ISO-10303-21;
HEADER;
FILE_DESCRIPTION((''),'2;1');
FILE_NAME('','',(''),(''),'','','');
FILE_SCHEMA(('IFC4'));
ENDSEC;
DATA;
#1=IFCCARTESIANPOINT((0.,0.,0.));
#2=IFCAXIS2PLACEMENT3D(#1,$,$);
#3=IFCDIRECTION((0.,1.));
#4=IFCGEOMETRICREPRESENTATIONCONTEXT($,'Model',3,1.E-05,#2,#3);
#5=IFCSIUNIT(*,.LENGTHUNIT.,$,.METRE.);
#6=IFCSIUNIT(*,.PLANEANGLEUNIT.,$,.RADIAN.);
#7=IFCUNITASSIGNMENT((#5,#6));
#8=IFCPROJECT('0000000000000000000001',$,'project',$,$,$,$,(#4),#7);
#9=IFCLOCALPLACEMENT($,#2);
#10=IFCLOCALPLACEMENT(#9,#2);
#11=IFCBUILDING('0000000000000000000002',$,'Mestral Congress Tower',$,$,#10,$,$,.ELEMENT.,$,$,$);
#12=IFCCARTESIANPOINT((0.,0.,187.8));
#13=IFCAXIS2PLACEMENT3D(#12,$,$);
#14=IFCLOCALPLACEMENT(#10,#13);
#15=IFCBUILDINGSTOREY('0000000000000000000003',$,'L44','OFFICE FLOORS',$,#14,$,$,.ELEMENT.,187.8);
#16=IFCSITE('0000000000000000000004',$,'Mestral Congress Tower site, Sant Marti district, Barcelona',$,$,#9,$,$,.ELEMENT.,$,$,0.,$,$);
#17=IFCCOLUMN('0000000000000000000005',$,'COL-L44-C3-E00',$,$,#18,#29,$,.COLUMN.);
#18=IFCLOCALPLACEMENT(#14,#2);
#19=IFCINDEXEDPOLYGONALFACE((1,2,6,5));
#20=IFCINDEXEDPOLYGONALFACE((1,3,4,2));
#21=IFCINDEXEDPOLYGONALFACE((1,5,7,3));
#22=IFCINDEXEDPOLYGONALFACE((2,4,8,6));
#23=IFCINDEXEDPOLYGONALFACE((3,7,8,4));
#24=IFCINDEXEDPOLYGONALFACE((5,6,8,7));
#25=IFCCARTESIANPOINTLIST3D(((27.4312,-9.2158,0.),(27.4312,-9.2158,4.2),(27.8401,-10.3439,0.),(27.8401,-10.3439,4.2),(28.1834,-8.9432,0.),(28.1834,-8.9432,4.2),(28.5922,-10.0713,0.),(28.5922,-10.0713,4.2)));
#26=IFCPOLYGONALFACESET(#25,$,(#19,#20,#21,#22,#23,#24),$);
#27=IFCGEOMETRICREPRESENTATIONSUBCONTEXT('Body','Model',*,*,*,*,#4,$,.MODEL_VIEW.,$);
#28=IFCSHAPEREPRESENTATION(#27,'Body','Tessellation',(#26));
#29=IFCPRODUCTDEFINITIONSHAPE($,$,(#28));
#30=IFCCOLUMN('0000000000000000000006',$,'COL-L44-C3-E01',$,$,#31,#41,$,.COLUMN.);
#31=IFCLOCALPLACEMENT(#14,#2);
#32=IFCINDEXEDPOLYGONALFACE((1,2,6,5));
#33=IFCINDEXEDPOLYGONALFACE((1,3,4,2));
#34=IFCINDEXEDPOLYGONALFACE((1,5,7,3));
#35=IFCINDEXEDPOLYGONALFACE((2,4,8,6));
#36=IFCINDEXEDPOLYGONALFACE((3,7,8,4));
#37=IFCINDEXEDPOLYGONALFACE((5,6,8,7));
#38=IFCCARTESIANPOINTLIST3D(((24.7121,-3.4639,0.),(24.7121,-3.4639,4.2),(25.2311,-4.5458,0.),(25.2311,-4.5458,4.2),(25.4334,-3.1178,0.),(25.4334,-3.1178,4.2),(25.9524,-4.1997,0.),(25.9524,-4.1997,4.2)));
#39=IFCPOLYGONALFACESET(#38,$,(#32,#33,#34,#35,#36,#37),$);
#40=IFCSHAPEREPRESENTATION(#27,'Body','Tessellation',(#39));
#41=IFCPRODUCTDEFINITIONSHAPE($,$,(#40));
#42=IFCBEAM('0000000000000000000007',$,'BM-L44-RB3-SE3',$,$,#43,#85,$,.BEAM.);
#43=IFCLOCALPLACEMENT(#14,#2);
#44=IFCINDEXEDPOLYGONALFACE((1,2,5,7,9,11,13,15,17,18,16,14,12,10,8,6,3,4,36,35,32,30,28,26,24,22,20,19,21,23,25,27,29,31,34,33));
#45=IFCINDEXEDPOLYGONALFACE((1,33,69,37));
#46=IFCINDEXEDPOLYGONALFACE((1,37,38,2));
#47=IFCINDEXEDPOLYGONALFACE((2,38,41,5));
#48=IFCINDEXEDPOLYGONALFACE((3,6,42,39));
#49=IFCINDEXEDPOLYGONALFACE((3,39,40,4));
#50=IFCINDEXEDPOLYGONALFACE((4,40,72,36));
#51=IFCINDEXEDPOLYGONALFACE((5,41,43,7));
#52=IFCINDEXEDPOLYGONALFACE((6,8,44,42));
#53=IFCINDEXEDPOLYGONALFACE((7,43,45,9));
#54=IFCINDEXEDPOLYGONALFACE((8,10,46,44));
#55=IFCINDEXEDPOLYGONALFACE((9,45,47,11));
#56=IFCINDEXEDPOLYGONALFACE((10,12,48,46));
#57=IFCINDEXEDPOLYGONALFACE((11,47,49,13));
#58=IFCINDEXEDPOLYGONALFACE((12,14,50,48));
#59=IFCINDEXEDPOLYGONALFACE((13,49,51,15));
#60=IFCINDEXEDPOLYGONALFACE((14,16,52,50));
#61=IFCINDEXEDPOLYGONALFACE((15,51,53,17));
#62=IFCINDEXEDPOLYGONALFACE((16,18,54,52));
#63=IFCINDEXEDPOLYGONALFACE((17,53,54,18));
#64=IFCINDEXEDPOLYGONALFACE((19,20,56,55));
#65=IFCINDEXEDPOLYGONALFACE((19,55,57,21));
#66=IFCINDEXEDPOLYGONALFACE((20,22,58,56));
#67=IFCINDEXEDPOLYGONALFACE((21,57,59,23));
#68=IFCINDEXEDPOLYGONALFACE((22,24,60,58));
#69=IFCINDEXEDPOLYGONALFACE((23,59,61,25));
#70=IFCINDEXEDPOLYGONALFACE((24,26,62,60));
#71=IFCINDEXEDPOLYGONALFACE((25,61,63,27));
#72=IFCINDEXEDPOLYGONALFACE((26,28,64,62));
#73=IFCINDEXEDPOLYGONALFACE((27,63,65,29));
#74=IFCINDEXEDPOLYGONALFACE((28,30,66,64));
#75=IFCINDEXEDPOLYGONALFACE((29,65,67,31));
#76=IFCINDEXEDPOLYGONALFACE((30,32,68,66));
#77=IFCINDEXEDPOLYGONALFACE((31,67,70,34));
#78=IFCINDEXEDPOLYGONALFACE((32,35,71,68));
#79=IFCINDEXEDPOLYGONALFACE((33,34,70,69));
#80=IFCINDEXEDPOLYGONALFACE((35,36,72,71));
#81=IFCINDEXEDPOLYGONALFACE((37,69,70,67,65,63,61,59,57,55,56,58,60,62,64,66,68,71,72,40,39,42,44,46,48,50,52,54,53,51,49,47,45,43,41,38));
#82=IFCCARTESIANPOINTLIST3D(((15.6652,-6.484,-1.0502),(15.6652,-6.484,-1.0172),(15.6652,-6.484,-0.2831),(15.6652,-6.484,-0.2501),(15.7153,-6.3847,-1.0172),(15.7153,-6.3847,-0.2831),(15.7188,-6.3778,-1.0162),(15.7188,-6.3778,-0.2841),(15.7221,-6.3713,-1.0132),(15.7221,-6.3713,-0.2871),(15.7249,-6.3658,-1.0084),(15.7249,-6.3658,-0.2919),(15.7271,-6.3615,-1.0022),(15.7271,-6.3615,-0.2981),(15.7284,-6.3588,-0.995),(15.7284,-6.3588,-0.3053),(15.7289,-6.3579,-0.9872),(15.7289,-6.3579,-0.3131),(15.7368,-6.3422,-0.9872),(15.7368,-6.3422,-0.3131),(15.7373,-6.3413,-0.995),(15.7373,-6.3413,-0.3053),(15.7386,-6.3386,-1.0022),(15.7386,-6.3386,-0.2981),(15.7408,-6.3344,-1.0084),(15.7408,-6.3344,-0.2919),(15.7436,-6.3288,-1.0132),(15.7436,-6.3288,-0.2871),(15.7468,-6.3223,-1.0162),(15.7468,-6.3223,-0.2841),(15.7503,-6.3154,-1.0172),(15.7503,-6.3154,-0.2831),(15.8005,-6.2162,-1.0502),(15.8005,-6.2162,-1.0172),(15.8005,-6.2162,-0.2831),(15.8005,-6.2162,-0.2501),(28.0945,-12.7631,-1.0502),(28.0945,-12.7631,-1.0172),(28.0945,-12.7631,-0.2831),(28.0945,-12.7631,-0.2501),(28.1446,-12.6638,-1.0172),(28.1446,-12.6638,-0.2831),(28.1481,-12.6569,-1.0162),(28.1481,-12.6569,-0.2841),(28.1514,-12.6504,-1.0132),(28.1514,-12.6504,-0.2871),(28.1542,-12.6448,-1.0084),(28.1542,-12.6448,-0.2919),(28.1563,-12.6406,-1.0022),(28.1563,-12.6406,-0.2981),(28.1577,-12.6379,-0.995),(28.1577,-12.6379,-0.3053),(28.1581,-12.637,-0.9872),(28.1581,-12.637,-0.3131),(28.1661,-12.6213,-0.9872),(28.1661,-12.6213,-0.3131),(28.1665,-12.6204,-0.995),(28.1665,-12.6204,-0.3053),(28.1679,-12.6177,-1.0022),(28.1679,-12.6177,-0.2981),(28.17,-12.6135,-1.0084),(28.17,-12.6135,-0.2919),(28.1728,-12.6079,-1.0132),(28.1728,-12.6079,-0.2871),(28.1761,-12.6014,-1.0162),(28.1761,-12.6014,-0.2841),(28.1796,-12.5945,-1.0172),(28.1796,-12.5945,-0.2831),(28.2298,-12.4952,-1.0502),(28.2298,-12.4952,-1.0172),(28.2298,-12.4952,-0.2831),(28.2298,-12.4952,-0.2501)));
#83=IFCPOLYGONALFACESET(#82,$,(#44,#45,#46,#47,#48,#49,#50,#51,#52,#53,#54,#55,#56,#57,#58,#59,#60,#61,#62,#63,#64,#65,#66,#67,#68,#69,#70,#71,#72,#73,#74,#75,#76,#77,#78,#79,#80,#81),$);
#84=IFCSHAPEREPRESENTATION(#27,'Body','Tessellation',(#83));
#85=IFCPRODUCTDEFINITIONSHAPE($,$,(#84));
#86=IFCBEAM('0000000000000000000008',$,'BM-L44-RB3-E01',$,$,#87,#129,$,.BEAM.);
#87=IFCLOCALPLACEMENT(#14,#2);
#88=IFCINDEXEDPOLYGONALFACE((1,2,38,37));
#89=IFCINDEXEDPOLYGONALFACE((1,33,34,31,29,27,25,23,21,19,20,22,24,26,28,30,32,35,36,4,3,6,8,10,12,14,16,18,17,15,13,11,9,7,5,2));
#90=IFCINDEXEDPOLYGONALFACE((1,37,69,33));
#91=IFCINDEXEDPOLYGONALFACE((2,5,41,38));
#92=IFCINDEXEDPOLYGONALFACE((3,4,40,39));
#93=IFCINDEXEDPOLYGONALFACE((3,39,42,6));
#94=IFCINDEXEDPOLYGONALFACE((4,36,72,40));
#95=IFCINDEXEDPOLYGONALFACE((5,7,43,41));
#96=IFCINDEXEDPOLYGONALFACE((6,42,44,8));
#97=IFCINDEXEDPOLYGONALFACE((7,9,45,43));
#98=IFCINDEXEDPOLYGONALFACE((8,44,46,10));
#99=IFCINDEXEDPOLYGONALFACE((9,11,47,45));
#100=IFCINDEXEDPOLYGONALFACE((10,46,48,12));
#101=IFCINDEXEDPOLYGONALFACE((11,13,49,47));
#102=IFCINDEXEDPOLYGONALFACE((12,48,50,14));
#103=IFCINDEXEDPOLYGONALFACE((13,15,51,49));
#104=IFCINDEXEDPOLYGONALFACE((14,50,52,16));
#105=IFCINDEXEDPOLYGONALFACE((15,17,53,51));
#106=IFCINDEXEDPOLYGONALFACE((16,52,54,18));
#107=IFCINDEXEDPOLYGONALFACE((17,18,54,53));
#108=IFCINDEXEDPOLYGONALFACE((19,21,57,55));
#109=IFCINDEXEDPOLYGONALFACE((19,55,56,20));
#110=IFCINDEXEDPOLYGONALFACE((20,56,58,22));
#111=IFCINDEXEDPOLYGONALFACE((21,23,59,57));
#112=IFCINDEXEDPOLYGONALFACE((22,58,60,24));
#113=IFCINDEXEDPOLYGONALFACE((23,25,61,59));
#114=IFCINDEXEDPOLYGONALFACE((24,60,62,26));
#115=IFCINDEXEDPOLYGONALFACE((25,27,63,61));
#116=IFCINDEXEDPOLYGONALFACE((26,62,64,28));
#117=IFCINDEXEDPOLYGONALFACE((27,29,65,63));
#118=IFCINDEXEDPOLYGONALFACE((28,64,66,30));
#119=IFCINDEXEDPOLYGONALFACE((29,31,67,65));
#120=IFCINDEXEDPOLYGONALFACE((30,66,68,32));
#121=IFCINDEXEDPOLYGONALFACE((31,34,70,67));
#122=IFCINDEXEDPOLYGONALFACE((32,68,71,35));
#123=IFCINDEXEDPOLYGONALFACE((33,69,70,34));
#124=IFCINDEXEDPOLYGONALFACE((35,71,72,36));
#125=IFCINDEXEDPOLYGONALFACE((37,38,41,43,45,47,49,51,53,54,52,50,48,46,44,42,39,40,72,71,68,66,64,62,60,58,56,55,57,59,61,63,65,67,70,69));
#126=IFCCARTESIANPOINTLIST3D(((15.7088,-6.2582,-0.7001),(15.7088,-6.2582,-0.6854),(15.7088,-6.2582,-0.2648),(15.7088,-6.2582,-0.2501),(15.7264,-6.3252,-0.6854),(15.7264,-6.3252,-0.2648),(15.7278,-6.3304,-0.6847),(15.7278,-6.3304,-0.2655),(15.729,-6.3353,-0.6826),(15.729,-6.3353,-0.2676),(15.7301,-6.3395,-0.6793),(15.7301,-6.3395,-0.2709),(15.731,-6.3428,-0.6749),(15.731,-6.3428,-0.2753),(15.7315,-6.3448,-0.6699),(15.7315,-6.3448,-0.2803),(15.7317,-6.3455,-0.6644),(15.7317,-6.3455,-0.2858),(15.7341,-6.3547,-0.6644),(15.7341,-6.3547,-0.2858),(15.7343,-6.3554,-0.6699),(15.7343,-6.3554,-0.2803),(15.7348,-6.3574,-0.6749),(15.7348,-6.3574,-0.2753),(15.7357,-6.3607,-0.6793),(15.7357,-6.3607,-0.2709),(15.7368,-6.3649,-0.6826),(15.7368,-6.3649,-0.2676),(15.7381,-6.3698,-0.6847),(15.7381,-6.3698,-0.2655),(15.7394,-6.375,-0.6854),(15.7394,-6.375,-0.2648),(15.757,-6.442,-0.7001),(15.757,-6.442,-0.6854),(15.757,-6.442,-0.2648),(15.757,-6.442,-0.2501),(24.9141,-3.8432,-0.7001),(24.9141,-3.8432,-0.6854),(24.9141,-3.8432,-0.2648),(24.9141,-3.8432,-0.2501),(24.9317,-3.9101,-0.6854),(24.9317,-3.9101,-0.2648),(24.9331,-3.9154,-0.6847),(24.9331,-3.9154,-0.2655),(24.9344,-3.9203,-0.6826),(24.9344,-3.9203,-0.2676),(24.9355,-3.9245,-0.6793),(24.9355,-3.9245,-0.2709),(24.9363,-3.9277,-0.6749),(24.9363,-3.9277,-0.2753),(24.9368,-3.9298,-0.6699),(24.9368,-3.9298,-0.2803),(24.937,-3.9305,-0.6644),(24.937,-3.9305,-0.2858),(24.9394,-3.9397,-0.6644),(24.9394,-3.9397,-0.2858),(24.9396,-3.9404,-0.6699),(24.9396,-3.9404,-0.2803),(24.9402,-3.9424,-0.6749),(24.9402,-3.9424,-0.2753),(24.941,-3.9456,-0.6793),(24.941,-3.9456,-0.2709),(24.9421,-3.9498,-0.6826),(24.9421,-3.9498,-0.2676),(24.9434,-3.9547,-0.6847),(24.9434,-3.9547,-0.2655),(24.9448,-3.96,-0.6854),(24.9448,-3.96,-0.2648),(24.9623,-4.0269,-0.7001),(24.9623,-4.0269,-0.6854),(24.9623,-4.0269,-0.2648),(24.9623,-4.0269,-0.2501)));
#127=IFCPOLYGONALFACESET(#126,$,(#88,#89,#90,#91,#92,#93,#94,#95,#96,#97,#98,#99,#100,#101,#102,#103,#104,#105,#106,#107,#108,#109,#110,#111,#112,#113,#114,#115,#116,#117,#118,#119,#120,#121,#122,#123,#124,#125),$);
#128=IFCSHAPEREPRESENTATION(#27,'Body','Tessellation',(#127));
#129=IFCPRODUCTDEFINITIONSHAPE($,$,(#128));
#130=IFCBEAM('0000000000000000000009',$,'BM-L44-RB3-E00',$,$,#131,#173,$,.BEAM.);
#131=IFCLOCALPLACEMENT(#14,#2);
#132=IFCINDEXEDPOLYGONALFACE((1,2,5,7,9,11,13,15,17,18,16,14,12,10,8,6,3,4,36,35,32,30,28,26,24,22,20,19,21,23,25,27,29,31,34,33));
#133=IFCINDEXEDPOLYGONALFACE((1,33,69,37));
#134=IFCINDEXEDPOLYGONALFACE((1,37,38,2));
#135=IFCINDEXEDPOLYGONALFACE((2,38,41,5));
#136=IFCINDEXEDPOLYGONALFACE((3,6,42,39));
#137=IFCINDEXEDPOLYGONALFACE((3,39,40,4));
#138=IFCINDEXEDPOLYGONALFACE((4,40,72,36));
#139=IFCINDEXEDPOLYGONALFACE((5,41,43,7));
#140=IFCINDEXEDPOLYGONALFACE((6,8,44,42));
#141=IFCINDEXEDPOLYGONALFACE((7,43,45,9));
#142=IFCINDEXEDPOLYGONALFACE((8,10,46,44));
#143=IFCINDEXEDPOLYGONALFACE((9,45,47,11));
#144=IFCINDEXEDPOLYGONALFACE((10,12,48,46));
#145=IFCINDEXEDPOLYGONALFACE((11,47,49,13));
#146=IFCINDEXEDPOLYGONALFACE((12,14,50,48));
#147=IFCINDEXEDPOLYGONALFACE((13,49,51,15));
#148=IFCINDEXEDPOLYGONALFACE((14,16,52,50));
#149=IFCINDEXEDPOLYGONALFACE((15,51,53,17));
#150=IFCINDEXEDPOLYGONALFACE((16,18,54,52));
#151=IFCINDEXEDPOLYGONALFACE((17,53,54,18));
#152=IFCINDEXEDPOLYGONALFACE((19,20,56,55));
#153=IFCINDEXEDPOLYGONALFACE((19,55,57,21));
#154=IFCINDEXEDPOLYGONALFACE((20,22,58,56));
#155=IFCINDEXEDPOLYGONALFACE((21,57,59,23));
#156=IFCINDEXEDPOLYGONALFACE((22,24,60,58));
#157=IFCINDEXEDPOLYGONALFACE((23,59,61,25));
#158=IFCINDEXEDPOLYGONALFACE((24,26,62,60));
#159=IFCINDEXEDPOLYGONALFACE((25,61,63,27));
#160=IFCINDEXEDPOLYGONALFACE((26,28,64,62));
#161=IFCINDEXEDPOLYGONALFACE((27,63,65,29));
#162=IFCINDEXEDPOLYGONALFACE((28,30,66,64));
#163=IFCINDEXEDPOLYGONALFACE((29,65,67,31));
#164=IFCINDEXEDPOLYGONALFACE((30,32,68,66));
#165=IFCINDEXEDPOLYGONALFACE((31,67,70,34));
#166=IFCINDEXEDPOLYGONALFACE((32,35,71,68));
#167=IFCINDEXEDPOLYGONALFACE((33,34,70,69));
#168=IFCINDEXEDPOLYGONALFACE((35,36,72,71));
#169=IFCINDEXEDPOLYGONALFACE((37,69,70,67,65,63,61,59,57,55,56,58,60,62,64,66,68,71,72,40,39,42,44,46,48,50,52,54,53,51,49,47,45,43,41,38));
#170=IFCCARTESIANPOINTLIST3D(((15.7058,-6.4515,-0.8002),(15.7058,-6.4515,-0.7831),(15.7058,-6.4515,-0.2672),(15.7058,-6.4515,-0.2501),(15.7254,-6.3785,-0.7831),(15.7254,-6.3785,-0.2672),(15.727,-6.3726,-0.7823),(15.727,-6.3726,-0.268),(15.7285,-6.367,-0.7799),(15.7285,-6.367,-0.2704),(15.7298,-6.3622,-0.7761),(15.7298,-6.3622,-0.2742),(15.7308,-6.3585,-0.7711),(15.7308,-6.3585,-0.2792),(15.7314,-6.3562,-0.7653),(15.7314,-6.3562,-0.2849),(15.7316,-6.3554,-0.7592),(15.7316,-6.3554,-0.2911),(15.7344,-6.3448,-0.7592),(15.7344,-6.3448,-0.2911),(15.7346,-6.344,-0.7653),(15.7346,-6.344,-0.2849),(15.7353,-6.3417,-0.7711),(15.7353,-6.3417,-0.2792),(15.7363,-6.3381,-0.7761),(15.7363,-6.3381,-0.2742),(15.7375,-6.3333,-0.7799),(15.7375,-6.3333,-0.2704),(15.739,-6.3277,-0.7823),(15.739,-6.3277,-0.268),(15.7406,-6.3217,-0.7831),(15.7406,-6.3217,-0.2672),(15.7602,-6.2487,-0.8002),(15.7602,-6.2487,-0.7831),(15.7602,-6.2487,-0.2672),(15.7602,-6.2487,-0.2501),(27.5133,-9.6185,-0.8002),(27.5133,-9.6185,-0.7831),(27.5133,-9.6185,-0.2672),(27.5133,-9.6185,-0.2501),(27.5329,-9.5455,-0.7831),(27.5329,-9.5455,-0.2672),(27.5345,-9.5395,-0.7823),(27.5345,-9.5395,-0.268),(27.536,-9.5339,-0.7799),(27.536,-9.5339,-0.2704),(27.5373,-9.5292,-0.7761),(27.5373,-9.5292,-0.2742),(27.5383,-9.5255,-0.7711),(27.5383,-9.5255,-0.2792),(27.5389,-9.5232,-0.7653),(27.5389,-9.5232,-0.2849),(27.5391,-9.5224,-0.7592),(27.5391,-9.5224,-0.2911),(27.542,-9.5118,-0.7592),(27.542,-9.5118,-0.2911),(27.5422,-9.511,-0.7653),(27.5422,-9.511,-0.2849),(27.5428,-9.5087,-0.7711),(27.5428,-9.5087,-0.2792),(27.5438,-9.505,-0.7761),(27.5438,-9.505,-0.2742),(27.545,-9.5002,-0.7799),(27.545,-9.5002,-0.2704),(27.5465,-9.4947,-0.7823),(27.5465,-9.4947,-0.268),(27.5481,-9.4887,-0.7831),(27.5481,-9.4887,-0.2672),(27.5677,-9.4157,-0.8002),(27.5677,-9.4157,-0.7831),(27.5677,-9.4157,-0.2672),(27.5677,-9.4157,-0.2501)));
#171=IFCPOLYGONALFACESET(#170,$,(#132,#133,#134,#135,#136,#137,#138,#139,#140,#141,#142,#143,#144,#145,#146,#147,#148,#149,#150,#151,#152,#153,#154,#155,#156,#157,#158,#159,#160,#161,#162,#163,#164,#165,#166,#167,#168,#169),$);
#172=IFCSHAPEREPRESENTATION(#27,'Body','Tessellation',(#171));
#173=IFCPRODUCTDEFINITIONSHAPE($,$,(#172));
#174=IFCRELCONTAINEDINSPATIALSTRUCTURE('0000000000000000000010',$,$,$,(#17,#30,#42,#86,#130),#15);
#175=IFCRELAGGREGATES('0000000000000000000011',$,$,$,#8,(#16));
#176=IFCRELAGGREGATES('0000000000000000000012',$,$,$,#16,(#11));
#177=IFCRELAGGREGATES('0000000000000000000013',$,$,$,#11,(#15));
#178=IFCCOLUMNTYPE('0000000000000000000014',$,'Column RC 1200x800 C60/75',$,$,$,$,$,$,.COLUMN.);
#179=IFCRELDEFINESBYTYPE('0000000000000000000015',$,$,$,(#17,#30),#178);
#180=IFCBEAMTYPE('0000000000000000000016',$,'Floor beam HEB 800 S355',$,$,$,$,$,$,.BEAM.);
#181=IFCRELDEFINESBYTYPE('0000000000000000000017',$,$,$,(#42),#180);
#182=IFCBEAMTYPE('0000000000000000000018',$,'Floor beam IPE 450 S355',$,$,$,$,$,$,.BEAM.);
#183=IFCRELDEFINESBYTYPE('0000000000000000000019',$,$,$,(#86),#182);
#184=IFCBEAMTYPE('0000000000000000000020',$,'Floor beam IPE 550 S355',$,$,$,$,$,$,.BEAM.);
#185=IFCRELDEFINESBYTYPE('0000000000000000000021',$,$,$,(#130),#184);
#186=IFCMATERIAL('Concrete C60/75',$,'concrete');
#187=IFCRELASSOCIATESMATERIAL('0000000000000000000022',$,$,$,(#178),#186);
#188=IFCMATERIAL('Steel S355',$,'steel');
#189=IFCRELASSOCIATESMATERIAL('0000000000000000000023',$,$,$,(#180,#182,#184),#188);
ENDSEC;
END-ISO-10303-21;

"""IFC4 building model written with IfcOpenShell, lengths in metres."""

from ifc_helpers import new_model, si_unit, direction, frame, origin, origin_2d, place, context, subcontext, project, spatial, rectangle, i_section, extrude, material, material_profile, profile_set, type_object, element, save


model = new_model("IFC4")

# Units and contexts
model_context = context("Model", 3, precision=1e-05, world=origin(), true_north=direction((0.0, 1.0)))
body_context = subcontext(model_context, "Body", "Model", "MODEL_VIEW")
ifc_project = project(units=[si_unit("LENGTHUNIT", "METRE"), si_unit("PLANEANGLEUNIT", "RADIAN")], contexts=[model_context])

# Site, building, storey
site_placement = place(None, origin())
site = spatial("IfcSite", under=ifc_project, at=site_placement, Name="Mestral Congress Tower site, Sant Marti district, Barcelona", CompositionType="ELEMENT", RefElevation=0.0)
building_placement = place(site_placement, origin())
building = spatial("IfcBuilding", under=site, at=building_placement, Name="Mestral Congress Tower", CompositionType="ELEMENT")
storey_placement = place(building_placement, frame((0.0, 0.0, 187.8)))
storey = spatial("IfcBuildingStorey", under=building, at=storey_placement, Name="L44", Description="OFFICE FLOORS", CompositionType="ELEMENT", Elevation=187.8)

# Columns
ifc_material_1 = material(Name="Concrete C60/75", Category="concrete")
ifc_material_profile_1 = material_profile(ifc_material_1, rectangle(XDim=1.2, YDim=0.8, at=origin_2d()), Name="RC 1200x800")
ifc_profile_set_1 = profile_set([ifc_material_profile_1], Name="Concrete C60/75")
column_type = type_object("IfcColumnType", Name="Column RC 1200x800 C60/75", PredefinedType="COLUMN", material=ifc_profile_set_1)
for number, where, z_axis, x_axis, name in (
    (1, (28.0117, -9.6436, 0.0), (0.0, 0.0, 1.0), (-0.340744, 0.940156, 0.0), "COL-L44-C3-E00"),
    (2, (25.3323, -3.8318, 0.0), (0.0, 0.0, 1.0), (-0.432522, 0.901624, 0.0), "COL-L44-C3-E01"),
):
    element("IfcColumn", number, at=place(storey_placement, frame(where, z_axis=z_axis, x_axis=x_axis)), inside=storey, type_object=column_type, Name=name, PredefinedType="COLUMN", context=body_context, shape_type="SweptSolid", body=[
        extrude(rectangle(XDim=1.2, YDim=0.8, at=origin_2d()), origin(), (0.0, 0.0, 1.0), 4.2),
    ])

# Beams
ifc_material_2 = material(Name="Steel S355", Category="steel")
ifc_material_profile_2 = material_profile(ifc_material_2, i_section(OverallWidth=0.3, OverallDepth=0.8, WebThickness=0.0176, FlangeThickness=0.033, FilletRadius=0.03, at=origin_2d()), Name="HEB 800")
ifc_profile_set_2 = profile_set([ifc_material_profile_2], Name="Steel S355")
beam_type_1 = type_object("IfcBeamType", Name="Floor beam HEB 800 S355", PredefinedType="BEAM", material=ifc_profile_set_2)
beam_1_placement = place(storey_placement, frame((28.1621, -12.6292, -0.6501), z_axis=(-0.892568, 0.450913, 0.0), x_axis=(-0.450913, -0.892568, 0.0)))
element("IfcBeam", 3, at=beam_1_placement, inside=storey, type_object=beam_type_1, Name="BM-L44-RB3-SE3", PredefinedType="BEAM", context=body_context, shape_type="SweptSolid", body=[
    extrude(i_section(OverallWidth=0.3, OverallDepth=0.8, WebThickness=0.0176, FlangeThickness=0.033, FilletRadius=0.03, at=origin_2d()), origin(), (0.0, 0.0, 1.0), 13.9253),
])
ifc_material_profile_3 = material_profile(ifc_material_2, i_section(OverallWidth=0.1899, OverallDepth=0.45, WebThickness=0.0095, FlangeThickness=0.0146, FilletRadius=0.021, at=origin_2d()), Name="IPE 450")
ifc_profile_set_3 = profile_set([ifc_material_profile_3], Name="Steel S355")
beam_type_2 = type_object("IfcBeamType", Name="Floor beam IPE 450 S355", PredefinedType="BEAM", material=ifc_profile_set_3)
beam_2_placement = place(storey_placement, frame((24.9382, -3.9351, -0.4751), z_axis=(-0.967266, -0.253765, 0.0), x_axis=(0.253765, -0.967266, 0.0)))
element("IfcBeam", 4, at=beam_2_placement, inside=storey, type_object=beam_type_2, Name="BM-L44-RB3-E01", PredefinedType="BEAM", context=body_context, shape_type="SweptSolid", body=[
    extrude(i_section(OverallWidth=0.1899, OverallDepth=0.45, WebThickness=0.0095, FlangeThickness=0.0146, FilletRadius=0.021, at=origin_2d()), origin(), (0.0, 0.0, 1.0), 9.5168),
])
ifc_material_profile_4 = material_profile(ifc_material_2, i_section(OverallWidth=0.21, OverallDepth=0.55, WebThickness=0.011, FlangeThickness=0.0171, FilletRadius=0.0239, at=origin_2d()), Name="IPE 550")
ifc_profile_set_4 = profile_set([ifc_material_profile_4], Name="Steel S355")
beam_type_3 = type_object("IfcBeamType", Name="Floor beam IPE 550 S355", PredefinedType="BEAM", material=ifc_profile_set_4)
beam_3_placement = place(storey_placement, frame((27.5405, -9.5171, -0.5251), z_axis=(-0.965861, 0.259059, 0.0), x_axis=(-0.259059, -0.965861, 0.0)))
element("IfcBeam", 5, at=beam_3_placement, inside=storey, type_object=beam_type_3, Name="BM-L44-RB3-E00", PredefinedType="BEAM", context=body_context, shape_type="SweptSolid", body=[
    extrude(i_section(OverallWidth=0.21, OverallDepth=0.55, WebThickness=0.011, FlangeThickness=0.0171, FilletRadius=0.0239, at=origin_2d()), origin(), (0.0, 0.0, 1.0), 12.2249),
])

save(model, "model.ifc")
